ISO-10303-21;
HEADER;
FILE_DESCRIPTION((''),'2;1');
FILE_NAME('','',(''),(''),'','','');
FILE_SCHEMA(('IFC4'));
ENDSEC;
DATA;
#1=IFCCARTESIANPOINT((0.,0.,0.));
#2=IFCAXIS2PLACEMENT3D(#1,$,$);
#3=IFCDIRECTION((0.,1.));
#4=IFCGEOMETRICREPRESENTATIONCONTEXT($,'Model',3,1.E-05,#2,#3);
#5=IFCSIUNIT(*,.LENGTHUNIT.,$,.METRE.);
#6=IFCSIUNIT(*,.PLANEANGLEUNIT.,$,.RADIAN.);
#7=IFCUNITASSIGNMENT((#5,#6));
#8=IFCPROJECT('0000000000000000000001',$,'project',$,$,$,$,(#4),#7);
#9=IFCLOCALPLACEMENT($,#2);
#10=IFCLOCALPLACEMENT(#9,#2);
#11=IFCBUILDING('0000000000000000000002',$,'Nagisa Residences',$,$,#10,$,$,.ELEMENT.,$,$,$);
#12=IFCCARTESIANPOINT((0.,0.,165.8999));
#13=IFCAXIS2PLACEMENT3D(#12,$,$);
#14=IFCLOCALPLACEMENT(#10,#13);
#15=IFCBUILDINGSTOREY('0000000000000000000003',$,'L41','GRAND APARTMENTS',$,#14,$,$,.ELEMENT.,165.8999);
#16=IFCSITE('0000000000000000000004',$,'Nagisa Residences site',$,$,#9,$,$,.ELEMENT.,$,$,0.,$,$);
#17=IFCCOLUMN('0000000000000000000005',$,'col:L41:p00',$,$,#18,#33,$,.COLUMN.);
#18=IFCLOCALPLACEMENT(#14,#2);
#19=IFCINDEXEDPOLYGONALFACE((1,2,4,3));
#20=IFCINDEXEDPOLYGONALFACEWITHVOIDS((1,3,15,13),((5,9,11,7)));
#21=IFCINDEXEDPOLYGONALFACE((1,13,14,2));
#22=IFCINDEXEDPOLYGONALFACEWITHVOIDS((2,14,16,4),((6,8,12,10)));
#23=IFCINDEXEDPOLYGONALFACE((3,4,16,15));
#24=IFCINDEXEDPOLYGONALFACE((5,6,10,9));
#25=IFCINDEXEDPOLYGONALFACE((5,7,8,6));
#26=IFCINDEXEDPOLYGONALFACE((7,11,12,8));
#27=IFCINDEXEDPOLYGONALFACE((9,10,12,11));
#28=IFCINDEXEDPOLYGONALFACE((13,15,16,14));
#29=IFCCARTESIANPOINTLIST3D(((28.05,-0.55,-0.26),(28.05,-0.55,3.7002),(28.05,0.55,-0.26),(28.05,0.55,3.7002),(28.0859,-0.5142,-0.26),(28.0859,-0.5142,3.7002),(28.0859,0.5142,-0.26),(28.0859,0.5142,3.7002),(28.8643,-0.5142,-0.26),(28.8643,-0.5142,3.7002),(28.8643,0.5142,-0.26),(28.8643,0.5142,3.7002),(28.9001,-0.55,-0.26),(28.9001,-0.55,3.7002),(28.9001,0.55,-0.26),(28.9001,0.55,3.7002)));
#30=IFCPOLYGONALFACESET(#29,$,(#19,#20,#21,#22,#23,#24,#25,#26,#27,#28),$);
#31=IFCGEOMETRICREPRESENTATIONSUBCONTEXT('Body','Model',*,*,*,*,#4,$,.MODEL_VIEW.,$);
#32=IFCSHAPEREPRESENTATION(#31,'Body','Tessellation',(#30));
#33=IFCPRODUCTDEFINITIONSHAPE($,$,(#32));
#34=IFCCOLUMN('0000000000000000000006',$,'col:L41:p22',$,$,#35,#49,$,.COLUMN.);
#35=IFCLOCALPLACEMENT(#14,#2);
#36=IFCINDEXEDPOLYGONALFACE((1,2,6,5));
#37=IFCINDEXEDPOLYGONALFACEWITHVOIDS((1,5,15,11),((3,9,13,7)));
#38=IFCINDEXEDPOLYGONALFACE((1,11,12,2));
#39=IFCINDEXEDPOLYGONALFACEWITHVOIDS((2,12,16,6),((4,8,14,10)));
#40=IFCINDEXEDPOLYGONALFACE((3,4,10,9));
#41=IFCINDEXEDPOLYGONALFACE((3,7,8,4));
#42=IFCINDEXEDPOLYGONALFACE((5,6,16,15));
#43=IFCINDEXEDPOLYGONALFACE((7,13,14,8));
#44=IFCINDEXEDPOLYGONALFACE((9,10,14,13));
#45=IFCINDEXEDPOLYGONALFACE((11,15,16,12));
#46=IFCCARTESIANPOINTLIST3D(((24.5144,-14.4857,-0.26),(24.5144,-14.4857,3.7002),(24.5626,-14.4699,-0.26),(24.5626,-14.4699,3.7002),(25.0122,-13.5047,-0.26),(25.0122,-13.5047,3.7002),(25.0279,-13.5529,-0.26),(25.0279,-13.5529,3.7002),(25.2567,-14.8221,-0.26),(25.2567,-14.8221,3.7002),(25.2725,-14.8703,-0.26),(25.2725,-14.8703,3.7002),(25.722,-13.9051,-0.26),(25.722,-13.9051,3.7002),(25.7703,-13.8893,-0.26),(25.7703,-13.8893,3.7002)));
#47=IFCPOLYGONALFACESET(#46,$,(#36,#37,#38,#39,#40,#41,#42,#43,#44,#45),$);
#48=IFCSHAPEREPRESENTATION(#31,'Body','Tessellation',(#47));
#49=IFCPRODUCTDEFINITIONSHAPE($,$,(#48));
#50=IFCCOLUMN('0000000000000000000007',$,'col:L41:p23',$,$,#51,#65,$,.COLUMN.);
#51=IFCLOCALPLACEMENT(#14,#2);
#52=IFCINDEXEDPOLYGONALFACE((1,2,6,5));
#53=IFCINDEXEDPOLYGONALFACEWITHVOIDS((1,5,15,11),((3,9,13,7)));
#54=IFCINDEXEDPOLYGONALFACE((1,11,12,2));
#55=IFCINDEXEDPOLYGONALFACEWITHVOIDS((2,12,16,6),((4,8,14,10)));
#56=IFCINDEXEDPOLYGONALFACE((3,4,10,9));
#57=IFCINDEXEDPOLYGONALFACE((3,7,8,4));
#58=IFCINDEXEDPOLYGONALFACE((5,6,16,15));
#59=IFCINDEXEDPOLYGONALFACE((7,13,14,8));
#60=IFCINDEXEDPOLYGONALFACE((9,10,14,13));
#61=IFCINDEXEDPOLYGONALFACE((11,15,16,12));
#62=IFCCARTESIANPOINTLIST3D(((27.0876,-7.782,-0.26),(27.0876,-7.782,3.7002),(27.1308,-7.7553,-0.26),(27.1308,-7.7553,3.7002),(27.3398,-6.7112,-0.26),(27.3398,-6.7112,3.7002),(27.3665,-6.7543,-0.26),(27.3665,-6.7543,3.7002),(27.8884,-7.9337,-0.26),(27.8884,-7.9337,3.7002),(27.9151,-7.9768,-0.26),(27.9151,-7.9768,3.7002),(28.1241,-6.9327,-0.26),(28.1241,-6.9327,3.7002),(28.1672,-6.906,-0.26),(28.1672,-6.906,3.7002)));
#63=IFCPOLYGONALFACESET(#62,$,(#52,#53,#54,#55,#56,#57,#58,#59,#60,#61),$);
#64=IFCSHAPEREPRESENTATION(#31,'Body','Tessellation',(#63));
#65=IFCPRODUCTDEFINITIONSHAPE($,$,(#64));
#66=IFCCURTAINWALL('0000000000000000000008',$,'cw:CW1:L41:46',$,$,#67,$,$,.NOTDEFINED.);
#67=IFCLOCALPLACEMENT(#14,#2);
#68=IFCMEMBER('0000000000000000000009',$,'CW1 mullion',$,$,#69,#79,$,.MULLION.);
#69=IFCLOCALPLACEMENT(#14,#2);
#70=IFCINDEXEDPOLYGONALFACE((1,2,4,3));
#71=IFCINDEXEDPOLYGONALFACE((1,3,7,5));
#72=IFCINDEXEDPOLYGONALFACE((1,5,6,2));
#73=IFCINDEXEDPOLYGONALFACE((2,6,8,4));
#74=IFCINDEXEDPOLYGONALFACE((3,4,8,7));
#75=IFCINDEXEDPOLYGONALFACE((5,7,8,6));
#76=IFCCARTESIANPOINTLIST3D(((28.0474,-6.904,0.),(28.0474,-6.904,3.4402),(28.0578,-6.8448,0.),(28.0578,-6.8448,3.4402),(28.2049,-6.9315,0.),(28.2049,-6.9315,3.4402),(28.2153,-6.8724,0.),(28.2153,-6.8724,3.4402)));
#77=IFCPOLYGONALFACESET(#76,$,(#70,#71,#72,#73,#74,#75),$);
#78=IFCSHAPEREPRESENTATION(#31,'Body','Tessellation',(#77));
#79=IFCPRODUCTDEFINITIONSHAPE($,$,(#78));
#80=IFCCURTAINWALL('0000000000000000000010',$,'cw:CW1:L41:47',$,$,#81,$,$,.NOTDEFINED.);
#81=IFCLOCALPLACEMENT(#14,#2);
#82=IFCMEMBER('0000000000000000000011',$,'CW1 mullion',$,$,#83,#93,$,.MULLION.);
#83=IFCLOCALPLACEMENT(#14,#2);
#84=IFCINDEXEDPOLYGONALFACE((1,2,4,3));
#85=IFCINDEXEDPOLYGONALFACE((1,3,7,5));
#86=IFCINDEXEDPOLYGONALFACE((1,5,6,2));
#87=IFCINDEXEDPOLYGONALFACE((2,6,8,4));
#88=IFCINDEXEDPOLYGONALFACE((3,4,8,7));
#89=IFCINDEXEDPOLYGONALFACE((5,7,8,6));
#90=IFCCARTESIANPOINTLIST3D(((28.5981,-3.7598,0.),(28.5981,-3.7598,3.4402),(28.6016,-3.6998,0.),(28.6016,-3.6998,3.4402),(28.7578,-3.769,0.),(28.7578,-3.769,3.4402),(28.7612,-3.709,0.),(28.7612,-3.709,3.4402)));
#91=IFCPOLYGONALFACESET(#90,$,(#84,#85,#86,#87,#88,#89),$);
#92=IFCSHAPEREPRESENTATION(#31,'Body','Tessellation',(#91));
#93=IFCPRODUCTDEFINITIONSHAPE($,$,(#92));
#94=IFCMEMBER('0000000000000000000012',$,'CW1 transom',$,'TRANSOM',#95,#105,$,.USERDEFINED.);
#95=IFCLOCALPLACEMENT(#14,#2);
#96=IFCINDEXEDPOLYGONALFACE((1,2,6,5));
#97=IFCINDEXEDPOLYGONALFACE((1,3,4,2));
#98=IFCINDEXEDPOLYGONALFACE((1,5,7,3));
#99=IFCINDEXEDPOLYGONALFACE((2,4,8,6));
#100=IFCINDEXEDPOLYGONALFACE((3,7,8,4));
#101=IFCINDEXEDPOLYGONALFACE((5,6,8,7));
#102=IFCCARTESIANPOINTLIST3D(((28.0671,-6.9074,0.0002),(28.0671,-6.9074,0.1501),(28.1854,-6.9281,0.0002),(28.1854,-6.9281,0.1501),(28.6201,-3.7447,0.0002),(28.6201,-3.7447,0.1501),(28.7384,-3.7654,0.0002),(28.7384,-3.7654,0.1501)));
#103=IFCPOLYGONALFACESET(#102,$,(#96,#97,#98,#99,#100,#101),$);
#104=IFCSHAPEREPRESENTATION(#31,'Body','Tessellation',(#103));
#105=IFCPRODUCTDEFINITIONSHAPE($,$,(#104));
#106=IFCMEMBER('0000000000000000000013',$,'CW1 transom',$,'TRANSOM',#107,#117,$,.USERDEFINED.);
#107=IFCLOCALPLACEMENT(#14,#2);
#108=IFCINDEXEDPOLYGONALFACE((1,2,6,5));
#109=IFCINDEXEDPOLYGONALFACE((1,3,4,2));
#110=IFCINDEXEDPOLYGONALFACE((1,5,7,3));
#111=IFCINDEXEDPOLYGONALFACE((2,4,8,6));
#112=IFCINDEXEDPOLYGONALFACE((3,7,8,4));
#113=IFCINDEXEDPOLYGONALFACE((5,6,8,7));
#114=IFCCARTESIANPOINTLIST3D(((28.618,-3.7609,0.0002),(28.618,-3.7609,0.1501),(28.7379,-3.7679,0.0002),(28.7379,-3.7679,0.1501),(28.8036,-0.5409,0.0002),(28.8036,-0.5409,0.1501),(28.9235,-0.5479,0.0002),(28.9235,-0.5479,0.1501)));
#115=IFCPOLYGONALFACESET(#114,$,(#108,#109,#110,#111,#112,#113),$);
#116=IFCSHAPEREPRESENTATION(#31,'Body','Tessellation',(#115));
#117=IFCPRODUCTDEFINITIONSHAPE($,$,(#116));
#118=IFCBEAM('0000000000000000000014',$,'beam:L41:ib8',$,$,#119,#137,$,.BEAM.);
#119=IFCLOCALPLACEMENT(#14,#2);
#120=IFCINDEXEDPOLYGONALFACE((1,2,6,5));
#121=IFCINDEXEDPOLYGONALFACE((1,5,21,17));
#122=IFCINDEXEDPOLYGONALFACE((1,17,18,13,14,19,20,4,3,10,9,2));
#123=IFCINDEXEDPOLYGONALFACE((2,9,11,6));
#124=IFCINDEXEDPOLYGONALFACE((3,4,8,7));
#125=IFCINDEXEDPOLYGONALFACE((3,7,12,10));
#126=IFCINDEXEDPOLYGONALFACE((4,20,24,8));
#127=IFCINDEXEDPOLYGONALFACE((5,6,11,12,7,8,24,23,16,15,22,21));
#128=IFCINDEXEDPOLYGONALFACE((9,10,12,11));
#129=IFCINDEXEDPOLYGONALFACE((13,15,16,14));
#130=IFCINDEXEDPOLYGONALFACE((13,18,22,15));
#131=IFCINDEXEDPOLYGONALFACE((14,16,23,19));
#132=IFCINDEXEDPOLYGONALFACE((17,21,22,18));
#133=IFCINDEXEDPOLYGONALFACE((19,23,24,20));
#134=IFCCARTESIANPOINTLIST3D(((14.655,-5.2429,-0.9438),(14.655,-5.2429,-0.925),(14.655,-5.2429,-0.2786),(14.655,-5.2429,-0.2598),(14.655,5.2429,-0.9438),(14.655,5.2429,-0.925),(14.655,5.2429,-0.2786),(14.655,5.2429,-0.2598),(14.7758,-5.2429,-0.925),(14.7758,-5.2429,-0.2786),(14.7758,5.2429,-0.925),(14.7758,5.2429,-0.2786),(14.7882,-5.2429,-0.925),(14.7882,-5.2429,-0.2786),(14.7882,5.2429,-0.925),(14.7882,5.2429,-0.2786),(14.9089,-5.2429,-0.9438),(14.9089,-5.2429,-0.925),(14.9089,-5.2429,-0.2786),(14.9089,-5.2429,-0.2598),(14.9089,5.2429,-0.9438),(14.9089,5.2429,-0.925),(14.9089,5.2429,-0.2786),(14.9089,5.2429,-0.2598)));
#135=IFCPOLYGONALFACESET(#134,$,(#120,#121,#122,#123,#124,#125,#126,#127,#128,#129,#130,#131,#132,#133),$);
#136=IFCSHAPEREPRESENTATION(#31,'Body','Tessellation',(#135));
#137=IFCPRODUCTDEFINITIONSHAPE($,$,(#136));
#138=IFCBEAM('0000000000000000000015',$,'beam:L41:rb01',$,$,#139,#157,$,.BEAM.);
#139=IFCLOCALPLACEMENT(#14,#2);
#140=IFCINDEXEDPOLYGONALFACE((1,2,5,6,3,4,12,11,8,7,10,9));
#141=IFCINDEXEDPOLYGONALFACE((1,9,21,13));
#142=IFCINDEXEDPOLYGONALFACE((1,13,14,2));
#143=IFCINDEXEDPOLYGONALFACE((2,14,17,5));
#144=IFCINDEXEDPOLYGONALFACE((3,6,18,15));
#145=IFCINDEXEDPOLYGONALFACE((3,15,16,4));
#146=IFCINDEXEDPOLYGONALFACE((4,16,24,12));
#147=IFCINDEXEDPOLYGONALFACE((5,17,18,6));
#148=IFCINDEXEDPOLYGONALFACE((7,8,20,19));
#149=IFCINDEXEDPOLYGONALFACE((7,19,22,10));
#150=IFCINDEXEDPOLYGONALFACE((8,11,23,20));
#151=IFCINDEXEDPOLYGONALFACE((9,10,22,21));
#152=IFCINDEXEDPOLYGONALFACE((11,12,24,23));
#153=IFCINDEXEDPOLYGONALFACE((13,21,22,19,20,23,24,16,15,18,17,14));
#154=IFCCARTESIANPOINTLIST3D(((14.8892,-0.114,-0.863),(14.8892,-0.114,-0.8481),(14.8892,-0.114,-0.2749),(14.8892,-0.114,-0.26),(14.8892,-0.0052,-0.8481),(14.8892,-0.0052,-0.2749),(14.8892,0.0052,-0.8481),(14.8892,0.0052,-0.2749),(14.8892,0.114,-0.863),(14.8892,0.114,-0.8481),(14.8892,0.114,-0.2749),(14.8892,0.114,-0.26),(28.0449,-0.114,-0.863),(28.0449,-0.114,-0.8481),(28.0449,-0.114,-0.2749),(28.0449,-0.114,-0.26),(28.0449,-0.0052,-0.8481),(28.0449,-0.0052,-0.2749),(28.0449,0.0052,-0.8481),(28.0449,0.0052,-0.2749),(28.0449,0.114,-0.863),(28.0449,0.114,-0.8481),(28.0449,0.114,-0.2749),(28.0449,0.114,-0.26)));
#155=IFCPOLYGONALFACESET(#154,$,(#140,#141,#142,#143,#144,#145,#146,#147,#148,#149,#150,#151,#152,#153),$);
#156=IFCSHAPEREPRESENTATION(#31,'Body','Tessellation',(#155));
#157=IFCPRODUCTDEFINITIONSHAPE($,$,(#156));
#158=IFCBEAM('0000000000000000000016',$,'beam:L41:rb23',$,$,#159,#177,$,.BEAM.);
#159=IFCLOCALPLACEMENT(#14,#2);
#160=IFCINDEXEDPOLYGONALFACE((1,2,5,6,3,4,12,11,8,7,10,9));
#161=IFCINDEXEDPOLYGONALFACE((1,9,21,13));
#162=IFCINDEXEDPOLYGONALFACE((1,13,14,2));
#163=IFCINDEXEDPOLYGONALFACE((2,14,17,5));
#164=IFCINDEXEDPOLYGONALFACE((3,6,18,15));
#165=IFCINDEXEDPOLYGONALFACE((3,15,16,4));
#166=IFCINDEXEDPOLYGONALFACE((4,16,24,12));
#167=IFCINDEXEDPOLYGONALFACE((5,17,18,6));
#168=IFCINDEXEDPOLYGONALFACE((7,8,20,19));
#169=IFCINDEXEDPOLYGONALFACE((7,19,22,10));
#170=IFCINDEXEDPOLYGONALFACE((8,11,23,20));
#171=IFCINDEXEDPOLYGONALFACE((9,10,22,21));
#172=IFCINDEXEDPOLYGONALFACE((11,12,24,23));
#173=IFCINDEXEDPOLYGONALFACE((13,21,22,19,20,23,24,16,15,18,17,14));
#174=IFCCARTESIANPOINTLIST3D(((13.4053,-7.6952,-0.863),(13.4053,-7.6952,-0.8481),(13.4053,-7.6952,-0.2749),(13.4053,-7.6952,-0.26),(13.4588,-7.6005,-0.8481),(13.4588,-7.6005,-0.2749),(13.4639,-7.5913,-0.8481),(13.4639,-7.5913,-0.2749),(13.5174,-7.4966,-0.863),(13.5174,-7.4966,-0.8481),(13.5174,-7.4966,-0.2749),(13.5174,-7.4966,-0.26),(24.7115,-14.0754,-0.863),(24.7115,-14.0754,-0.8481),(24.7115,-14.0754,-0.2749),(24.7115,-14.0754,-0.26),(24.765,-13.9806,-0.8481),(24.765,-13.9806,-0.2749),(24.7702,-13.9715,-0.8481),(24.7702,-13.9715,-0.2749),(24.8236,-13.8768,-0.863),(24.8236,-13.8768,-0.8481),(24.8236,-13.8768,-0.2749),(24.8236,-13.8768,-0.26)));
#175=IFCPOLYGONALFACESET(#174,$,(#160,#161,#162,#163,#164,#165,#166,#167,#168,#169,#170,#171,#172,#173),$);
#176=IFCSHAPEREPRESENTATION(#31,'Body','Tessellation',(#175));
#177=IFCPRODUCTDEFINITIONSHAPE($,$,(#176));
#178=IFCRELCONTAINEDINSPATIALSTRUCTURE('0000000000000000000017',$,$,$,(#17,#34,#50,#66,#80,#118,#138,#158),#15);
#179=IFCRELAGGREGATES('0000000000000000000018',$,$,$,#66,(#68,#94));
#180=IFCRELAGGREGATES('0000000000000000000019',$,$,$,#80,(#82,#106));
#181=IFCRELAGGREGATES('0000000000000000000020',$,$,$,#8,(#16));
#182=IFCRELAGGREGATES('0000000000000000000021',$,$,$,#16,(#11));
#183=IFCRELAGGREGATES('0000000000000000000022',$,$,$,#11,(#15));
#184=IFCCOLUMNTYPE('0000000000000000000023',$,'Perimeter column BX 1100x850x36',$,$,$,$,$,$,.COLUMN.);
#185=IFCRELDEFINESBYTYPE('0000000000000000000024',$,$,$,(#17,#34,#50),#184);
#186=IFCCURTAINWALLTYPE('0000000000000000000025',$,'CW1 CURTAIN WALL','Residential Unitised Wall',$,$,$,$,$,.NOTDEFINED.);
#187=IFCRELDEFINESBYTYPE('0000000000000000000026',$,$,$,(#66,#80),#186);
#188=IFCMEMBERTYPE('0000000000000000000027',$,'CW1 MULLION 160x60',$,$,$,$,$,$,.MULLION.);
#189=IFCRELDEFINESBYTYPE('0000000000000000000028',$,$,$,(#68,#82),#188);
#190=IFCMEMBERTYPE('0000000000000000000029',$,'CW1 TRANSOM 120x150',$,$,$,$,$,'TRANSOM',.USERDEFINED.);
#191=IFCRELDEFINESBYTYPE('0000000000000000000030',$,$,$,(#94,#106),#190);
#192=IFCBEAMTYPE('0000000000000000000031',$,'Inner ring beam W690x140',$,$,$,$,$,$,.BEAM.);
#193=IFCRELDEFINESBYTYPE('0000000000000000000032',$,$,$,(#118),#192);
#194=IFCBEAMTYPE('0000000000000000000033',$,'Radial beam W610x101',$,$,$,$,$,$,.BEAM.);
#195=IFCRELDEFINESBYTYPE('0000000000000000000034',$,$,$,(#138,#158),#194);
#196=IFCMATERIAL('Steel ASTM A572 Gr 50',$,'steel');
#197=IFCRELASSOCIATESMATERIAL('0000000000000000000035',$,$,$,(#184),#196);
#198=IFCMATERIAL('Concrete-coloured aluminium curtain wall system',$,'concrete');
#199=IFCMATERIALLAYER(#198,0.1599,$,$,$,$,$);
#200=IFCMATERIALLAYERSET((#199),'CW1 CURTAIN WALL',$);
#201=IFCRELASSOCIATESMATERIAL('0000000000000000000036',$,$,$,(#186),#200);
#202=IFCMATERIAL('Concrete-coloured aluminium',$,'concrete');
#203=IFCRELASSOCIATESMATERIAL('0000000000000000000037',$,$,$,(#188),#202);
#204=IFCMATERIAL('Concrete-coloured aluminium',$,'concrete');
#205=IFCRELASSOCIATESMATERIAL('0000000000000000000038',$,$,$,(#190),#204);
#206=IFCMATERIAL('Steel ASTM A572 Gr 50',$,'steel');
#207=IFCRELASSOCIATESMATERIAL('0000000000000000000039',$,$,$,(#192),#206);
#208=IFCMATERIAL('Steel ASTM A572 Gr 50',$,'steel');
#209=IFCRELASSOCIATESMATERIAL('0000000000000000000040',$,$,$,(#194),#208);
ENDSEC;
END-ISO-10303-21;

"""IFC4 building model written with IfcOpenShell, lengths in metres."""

from ifc_helpers import new_model, si_unit, direction, frame, origin, origin_2d, place, context, subcontext, project, spatial, rectangle, hollow_rectangle, i_section, extrude, material, layer, layer_set, material_profile, profile_set, type_object, element, aggregate, save


model = new_model("IFC4")

# Units and contexts
model_context = context("Model", 3, precision=1e-05, world=origin(), true_north=direction((0.0, 1.0)))
body_context = subcontext(model_context, "Body", "Model", "MODEL_VIEW")
ifc_project = project(units=[si_unit("LENGTHUNIT", "METRE"), si_unit("PLANEANGLEUNIT", "RADIAN")], contexts=[model_context])

# Site, building, storey
site_placement = place(None, origin())
site = spatial("IfcSite", under=ifc_project, at=site_placement, Name="Nagisa Residences site", CompositionType="ELEMENT", RefElevation=0.0)
building_placement = place(site_placement, origin())
building = spatial("IfcBuilding", under=site, at=building_placement, Name="Nagisa Residences", CompositionType="ELEMENT")
storey_placement = place(building_placement, frame((0.0, 0.0, 165.8999)))
storey = spatial("IfcBuildingStorey", under=building, at=storey_placement, Name="L41", Description="GRAND APARTMENTS", CompositionType="ELEMENT", Elevation=165.8999)

# Columns
ifc_material_1 = material(Name="Steel ASTM A572 Gr 50", Category="steel")
ifc_material_profile_1 = material_profile(ifc_material_1, hollow_rectangle(XDim=1.1001, YDim=0.8501, WallThickness=0.0359, at=origin_2d()), Name="BX 1100x850x36")
ifc_profile_set_1 = profile_set([ifc_material_profile_1], Name="Steel ASTM A572 Gr 50")
column_type = type_object("IfcColumnType", Name="Perimeter column BX 1100x850x36", PredefinedType="COLUMN", material=ifc_profile_set_1)
for number, where, z_axis, x_axis, name in (
    (1, (28.4751, 0.0, -0.26), (0.0, 0.0, 1.0), (0.0, 1.0, 0.0), "col:L41:p00"),
    (2, (25.1423, -14.1875, -0.26), (0.0, 0.0, 1.0), (0.452463, 0.891783, 0.0), "col:L41:p22"),
    (3, (27.6274, -7.344, -0.26), (0.0, 0.0, 1.0), (0.229202, 0.973379, 0.0), "col:L41:p23"),
):
    element("IfcColumn", number, at=place(storey_placement, frame(where, z_axis=z_axis, x_axis=x_axis)), inside=storey, type_object=column_type, Name=name, PredefinedType="COLUMN", context=body_context, shape_type="SweptSolid", body=[
        extrude(hollow_rectangle(XDim=1.1001, YDim=0.8501, WallThickness=0.0359, at=origin_2d()), origin(), (0.0, 0.0, 1.0), 3.9602),
    ])

# Curtain walls, members
ifc_material_2 = material(Name="Concrete-coloured aluminium curtain wall system", Category="concrete")
ifc_layer_1 = layer(ifc_material_2, 0.1599)
ifc_layer_set_1 = layer_set([ifc_layer_1], Name="CW1 CURTAIN WALL")
curtain_wall_type = type_object("IfcCurtainWallType", Name="CW1 CURTAIN WALL", Description="Residential Unitised Wall", PredefinedType="NOTDEFINED", material=ifc_layer_set_1)
curtain_wall_1_placement = place(storey_placement, origin())
curtain_wall_1 = element("IfcCurtainWall", 4, at=curtain_wall_1_placement, inside=storey, type_object=curtain_wall_type, Name="cw:CW1:L41:46", PredefinedType="NOTDEFINED")
ifc_material_3 = material(Name="Concrete-coloured aluminium", Category="concrete")
ifc_material_profile_2 = material_profile(ifc_material_3, rectangle(XDim=0.1599, YDim=0.0601, at=origin_2d()), Name="CW1 MULLION 160x60")
ifc_profile_set_2 = profile_set([ifc_material_profile_2], Name="Concrete-coloured aluminium")
member_type_1 = type_object("IfcMemberType", Name="CW1 MULLION 160x60", PredefinedType="MULLION", material=ifc_profile_set_2)
member_1_placement = place(storey_placement, frame((28.1313, -6.8882, 0.0), z_axis=(0.0, 0.0, 1.0), x_axis=(-0.985064, 0.172191, 0.0)))
member_1 = element("IfcMember", 5, at=member_1_placement, type_object=member_type_1, Name="CW1 mullion", PredefinedType="MULLION", context=body_context, shape_type="SweptSolid", body=[
    extrude(rectangle(XDim=0.1599, YDim=0.0601, at=origin_2d()), origin(), (0.0, 0.0, 1.0), 3.4402),
])
curtain_wall_2_placement = place(storey_placement, origin())
curtain_wall_2 = element("IfcCurtainWall", 6, at=curtain_wall_2_placement, inside=storey, type_object=curtain_wall_type, Name="cw:CW1:L41:47", PredefinedType="NOTDEFINED")
member_2_placement = place(storey_placement, frame((28.6797, -3.7344, 0.0), z_axis=(0.0, 0.0, 1.0), x_axis=(-0.998345, 0.057503, 0.0)))
member_2 = element("IfcMember", 7, at=member_2_placement, type_object=member_type_1, Name="CW1 mullion", PredefinedType="MULLION", context=body_context, shape_type="SweptSolid", body=[
    extrude(rectangle(XDim=0.1599, YDim=0.0601, at=origin_2d()), origin(), (0.0, 0.0, 1.0), 3.4402),
])

# Members
ifc_material_4 = material(Name="Concrete-coloured aluminium", Category="concrete")
ifc_material_profile_3 = material_profile(ifc_material_4, rectangle(XDim=0.1201, YDim=0.1499, at=origin_2d()), Name="CW1 TRANSOM 120x150")
ifc_profile_set_3 = profile_set([ifc_material_profile_3], Name="Concrete-coloured aluminium")
member_type_2 = type_object("IfcMemberType", Name="CW1 TRANSOM 120x150", ElementType="TRANSOM", PredefinedType="USERDEFINED", material=ifc_profile_set_3)
member_3_placement = place(storey_placement, frame((28.1262, -6.9177, 0.0752), z_axis=(0.172236, 0.985056, 0.0), x_axis=(-0.985056, 0.172236, 0.0)))
member_3 = element("IfcMember", 8, at=member_3_placement, type_object=member_type_2, Name="CW1 transom", ObjectType="TRANSOM", PredefinedType="USERDEFINED", context=body_context, shape_type="SweptSolid", body=[
    extrude(rectangle(XDim=0.1201, YDim=0.1499, at=origin_2d()), origin(), (0.0, 0.0, 1.0), 3.2107),
])
member_4_placement = place(storey_placement, frame((28.678, -3.7644, 0.0752), z_axis=(0.057528, 0.998344, 0.0), x_axis=(-0.998344, 0.057528, 0.0)))
member_4 = element("IfcMember", 9, at=member_4_placement, type_object=member_type_2, Name="CW1 transom", ObjectType="TRANSOM", PredefinedType="USERDEFINED", context=body_context, shape_type="SweptSolid", body=[
    extrude(rectangle(XDim=0.1201, YDim=0.1499, at=origin_2d()), origin(), (0.0, 0.0, 1.0), 3.2253),
])

# Beams
ifc_material_5 = material(Name="Steel ASTM A572 Gr 50", Category="steel")
ifc_material_profile_4 = material_profile(ifc_material_5, i_section(OverallWidth=0.2539, OverallDepth=0.6841, WebThickness=0.0125, FlangeThickness=0.0188, at=origin_2d()), Name="W690x140")
ifc_profile_set_4 = profile_set([ifc_material_profile_4], Name="Steel ASTM A572 Gr 50")
beam_type_1 = type_object("IfcBeamType", Name="Inner ring beam W690x140", PredefinedType="BEAM", material=ifc_profile_set_4)
beam_1_placement = place(storey_placement, frame((14.782, -5.2429, -0.6018), z_axis=(0.0, 1.0, 0.0), x_axis=(-1.0, 0.0, 0.0)))
element("IfcBeam", 10, at=beam_1_placement, inside=storey, type_object=beam_type_1, Name="beam:L41:ib8", PredefinedType="BEAM", context=body_context, shape_type="SweptSolid", body=[
    extrude(i_section(OverallWidth=0.2539, OverallDepth=0.6841, WebThickness=0.0125, FlangeThickness=0.0188, at=origin_2d()), origin(), (0.0, 0.0, 1.0), 10.4858),
])
ifc_material_6 = material(Name="Steel ASTM A572 Gr 50", Category="steel")
ifc_material_profile_5 = material_profile(ifc_material_6, i_section(OverallWidth=0.228, OverallDepth=0.603, WebThickness=0.0105, FlangeThickness=0.0149, at=origin_2d()), Name="W610x101")
ifc_profile_set_5 = profile_set([ifc_material_profile_5], Name="Steel ASTM A572 Gr 50")
beam_type_2 = type_object("IfcBeamType", Name="Radial beam W610x101", PredefinedType="BEAM", material=ifc_profile_set_5)
beam_2_placement = place(storey_placement, frame((28.0449, 0.0, -0.5615), z_axis=(-1.0, 0.0, 0.0), x_axis=(0.0, -1.0, 0.0)))
element("IfcBeam", 11, at=beam_2_placement, inside=storey, type_object=beam_type_2, Name="beam:L41:rb01", PredefinedType="BEAM", context=body_context, shape_type="SweptSolid", body=[
    extrude(i_section(OverallWidth=0.228, OverallDepth=0.603, WebThickness=0.0105, FlangeThickness=0.0149, at=origin_2d()), origin(), (0.0, 0.0, 1.0), 13.1558),
])
beam_3_placement = place(storey_placement, frame((24.7676, -13.9761, -0.5615), z_axis=(-0.870903, 0.491455, 0.0), x_axis=(-0.491455, -0.870903, 0.0)))
element("IfcBeam", 12, at=beam_3_placement, inside=storey, type_object=beam_type_2, Name="beam:L41:rb23", PredefinedType="BEAM", context=body_context, shape_type="SweptSolid", body=[
    extrude(i_section(OverallWidth=0.228, OverallDepth=0.603, WebThickness=0.0105, FlangeThickness=0.0149, at=origin_2d()), origin(), (0.0, 0.0, 1.0), 12.9822),
])

aggregate(curtain_wall_1, [member_1, member_3])
aggregate(curtain_wall_2, [member_2, member_4])

save(model, "model.ifc")
